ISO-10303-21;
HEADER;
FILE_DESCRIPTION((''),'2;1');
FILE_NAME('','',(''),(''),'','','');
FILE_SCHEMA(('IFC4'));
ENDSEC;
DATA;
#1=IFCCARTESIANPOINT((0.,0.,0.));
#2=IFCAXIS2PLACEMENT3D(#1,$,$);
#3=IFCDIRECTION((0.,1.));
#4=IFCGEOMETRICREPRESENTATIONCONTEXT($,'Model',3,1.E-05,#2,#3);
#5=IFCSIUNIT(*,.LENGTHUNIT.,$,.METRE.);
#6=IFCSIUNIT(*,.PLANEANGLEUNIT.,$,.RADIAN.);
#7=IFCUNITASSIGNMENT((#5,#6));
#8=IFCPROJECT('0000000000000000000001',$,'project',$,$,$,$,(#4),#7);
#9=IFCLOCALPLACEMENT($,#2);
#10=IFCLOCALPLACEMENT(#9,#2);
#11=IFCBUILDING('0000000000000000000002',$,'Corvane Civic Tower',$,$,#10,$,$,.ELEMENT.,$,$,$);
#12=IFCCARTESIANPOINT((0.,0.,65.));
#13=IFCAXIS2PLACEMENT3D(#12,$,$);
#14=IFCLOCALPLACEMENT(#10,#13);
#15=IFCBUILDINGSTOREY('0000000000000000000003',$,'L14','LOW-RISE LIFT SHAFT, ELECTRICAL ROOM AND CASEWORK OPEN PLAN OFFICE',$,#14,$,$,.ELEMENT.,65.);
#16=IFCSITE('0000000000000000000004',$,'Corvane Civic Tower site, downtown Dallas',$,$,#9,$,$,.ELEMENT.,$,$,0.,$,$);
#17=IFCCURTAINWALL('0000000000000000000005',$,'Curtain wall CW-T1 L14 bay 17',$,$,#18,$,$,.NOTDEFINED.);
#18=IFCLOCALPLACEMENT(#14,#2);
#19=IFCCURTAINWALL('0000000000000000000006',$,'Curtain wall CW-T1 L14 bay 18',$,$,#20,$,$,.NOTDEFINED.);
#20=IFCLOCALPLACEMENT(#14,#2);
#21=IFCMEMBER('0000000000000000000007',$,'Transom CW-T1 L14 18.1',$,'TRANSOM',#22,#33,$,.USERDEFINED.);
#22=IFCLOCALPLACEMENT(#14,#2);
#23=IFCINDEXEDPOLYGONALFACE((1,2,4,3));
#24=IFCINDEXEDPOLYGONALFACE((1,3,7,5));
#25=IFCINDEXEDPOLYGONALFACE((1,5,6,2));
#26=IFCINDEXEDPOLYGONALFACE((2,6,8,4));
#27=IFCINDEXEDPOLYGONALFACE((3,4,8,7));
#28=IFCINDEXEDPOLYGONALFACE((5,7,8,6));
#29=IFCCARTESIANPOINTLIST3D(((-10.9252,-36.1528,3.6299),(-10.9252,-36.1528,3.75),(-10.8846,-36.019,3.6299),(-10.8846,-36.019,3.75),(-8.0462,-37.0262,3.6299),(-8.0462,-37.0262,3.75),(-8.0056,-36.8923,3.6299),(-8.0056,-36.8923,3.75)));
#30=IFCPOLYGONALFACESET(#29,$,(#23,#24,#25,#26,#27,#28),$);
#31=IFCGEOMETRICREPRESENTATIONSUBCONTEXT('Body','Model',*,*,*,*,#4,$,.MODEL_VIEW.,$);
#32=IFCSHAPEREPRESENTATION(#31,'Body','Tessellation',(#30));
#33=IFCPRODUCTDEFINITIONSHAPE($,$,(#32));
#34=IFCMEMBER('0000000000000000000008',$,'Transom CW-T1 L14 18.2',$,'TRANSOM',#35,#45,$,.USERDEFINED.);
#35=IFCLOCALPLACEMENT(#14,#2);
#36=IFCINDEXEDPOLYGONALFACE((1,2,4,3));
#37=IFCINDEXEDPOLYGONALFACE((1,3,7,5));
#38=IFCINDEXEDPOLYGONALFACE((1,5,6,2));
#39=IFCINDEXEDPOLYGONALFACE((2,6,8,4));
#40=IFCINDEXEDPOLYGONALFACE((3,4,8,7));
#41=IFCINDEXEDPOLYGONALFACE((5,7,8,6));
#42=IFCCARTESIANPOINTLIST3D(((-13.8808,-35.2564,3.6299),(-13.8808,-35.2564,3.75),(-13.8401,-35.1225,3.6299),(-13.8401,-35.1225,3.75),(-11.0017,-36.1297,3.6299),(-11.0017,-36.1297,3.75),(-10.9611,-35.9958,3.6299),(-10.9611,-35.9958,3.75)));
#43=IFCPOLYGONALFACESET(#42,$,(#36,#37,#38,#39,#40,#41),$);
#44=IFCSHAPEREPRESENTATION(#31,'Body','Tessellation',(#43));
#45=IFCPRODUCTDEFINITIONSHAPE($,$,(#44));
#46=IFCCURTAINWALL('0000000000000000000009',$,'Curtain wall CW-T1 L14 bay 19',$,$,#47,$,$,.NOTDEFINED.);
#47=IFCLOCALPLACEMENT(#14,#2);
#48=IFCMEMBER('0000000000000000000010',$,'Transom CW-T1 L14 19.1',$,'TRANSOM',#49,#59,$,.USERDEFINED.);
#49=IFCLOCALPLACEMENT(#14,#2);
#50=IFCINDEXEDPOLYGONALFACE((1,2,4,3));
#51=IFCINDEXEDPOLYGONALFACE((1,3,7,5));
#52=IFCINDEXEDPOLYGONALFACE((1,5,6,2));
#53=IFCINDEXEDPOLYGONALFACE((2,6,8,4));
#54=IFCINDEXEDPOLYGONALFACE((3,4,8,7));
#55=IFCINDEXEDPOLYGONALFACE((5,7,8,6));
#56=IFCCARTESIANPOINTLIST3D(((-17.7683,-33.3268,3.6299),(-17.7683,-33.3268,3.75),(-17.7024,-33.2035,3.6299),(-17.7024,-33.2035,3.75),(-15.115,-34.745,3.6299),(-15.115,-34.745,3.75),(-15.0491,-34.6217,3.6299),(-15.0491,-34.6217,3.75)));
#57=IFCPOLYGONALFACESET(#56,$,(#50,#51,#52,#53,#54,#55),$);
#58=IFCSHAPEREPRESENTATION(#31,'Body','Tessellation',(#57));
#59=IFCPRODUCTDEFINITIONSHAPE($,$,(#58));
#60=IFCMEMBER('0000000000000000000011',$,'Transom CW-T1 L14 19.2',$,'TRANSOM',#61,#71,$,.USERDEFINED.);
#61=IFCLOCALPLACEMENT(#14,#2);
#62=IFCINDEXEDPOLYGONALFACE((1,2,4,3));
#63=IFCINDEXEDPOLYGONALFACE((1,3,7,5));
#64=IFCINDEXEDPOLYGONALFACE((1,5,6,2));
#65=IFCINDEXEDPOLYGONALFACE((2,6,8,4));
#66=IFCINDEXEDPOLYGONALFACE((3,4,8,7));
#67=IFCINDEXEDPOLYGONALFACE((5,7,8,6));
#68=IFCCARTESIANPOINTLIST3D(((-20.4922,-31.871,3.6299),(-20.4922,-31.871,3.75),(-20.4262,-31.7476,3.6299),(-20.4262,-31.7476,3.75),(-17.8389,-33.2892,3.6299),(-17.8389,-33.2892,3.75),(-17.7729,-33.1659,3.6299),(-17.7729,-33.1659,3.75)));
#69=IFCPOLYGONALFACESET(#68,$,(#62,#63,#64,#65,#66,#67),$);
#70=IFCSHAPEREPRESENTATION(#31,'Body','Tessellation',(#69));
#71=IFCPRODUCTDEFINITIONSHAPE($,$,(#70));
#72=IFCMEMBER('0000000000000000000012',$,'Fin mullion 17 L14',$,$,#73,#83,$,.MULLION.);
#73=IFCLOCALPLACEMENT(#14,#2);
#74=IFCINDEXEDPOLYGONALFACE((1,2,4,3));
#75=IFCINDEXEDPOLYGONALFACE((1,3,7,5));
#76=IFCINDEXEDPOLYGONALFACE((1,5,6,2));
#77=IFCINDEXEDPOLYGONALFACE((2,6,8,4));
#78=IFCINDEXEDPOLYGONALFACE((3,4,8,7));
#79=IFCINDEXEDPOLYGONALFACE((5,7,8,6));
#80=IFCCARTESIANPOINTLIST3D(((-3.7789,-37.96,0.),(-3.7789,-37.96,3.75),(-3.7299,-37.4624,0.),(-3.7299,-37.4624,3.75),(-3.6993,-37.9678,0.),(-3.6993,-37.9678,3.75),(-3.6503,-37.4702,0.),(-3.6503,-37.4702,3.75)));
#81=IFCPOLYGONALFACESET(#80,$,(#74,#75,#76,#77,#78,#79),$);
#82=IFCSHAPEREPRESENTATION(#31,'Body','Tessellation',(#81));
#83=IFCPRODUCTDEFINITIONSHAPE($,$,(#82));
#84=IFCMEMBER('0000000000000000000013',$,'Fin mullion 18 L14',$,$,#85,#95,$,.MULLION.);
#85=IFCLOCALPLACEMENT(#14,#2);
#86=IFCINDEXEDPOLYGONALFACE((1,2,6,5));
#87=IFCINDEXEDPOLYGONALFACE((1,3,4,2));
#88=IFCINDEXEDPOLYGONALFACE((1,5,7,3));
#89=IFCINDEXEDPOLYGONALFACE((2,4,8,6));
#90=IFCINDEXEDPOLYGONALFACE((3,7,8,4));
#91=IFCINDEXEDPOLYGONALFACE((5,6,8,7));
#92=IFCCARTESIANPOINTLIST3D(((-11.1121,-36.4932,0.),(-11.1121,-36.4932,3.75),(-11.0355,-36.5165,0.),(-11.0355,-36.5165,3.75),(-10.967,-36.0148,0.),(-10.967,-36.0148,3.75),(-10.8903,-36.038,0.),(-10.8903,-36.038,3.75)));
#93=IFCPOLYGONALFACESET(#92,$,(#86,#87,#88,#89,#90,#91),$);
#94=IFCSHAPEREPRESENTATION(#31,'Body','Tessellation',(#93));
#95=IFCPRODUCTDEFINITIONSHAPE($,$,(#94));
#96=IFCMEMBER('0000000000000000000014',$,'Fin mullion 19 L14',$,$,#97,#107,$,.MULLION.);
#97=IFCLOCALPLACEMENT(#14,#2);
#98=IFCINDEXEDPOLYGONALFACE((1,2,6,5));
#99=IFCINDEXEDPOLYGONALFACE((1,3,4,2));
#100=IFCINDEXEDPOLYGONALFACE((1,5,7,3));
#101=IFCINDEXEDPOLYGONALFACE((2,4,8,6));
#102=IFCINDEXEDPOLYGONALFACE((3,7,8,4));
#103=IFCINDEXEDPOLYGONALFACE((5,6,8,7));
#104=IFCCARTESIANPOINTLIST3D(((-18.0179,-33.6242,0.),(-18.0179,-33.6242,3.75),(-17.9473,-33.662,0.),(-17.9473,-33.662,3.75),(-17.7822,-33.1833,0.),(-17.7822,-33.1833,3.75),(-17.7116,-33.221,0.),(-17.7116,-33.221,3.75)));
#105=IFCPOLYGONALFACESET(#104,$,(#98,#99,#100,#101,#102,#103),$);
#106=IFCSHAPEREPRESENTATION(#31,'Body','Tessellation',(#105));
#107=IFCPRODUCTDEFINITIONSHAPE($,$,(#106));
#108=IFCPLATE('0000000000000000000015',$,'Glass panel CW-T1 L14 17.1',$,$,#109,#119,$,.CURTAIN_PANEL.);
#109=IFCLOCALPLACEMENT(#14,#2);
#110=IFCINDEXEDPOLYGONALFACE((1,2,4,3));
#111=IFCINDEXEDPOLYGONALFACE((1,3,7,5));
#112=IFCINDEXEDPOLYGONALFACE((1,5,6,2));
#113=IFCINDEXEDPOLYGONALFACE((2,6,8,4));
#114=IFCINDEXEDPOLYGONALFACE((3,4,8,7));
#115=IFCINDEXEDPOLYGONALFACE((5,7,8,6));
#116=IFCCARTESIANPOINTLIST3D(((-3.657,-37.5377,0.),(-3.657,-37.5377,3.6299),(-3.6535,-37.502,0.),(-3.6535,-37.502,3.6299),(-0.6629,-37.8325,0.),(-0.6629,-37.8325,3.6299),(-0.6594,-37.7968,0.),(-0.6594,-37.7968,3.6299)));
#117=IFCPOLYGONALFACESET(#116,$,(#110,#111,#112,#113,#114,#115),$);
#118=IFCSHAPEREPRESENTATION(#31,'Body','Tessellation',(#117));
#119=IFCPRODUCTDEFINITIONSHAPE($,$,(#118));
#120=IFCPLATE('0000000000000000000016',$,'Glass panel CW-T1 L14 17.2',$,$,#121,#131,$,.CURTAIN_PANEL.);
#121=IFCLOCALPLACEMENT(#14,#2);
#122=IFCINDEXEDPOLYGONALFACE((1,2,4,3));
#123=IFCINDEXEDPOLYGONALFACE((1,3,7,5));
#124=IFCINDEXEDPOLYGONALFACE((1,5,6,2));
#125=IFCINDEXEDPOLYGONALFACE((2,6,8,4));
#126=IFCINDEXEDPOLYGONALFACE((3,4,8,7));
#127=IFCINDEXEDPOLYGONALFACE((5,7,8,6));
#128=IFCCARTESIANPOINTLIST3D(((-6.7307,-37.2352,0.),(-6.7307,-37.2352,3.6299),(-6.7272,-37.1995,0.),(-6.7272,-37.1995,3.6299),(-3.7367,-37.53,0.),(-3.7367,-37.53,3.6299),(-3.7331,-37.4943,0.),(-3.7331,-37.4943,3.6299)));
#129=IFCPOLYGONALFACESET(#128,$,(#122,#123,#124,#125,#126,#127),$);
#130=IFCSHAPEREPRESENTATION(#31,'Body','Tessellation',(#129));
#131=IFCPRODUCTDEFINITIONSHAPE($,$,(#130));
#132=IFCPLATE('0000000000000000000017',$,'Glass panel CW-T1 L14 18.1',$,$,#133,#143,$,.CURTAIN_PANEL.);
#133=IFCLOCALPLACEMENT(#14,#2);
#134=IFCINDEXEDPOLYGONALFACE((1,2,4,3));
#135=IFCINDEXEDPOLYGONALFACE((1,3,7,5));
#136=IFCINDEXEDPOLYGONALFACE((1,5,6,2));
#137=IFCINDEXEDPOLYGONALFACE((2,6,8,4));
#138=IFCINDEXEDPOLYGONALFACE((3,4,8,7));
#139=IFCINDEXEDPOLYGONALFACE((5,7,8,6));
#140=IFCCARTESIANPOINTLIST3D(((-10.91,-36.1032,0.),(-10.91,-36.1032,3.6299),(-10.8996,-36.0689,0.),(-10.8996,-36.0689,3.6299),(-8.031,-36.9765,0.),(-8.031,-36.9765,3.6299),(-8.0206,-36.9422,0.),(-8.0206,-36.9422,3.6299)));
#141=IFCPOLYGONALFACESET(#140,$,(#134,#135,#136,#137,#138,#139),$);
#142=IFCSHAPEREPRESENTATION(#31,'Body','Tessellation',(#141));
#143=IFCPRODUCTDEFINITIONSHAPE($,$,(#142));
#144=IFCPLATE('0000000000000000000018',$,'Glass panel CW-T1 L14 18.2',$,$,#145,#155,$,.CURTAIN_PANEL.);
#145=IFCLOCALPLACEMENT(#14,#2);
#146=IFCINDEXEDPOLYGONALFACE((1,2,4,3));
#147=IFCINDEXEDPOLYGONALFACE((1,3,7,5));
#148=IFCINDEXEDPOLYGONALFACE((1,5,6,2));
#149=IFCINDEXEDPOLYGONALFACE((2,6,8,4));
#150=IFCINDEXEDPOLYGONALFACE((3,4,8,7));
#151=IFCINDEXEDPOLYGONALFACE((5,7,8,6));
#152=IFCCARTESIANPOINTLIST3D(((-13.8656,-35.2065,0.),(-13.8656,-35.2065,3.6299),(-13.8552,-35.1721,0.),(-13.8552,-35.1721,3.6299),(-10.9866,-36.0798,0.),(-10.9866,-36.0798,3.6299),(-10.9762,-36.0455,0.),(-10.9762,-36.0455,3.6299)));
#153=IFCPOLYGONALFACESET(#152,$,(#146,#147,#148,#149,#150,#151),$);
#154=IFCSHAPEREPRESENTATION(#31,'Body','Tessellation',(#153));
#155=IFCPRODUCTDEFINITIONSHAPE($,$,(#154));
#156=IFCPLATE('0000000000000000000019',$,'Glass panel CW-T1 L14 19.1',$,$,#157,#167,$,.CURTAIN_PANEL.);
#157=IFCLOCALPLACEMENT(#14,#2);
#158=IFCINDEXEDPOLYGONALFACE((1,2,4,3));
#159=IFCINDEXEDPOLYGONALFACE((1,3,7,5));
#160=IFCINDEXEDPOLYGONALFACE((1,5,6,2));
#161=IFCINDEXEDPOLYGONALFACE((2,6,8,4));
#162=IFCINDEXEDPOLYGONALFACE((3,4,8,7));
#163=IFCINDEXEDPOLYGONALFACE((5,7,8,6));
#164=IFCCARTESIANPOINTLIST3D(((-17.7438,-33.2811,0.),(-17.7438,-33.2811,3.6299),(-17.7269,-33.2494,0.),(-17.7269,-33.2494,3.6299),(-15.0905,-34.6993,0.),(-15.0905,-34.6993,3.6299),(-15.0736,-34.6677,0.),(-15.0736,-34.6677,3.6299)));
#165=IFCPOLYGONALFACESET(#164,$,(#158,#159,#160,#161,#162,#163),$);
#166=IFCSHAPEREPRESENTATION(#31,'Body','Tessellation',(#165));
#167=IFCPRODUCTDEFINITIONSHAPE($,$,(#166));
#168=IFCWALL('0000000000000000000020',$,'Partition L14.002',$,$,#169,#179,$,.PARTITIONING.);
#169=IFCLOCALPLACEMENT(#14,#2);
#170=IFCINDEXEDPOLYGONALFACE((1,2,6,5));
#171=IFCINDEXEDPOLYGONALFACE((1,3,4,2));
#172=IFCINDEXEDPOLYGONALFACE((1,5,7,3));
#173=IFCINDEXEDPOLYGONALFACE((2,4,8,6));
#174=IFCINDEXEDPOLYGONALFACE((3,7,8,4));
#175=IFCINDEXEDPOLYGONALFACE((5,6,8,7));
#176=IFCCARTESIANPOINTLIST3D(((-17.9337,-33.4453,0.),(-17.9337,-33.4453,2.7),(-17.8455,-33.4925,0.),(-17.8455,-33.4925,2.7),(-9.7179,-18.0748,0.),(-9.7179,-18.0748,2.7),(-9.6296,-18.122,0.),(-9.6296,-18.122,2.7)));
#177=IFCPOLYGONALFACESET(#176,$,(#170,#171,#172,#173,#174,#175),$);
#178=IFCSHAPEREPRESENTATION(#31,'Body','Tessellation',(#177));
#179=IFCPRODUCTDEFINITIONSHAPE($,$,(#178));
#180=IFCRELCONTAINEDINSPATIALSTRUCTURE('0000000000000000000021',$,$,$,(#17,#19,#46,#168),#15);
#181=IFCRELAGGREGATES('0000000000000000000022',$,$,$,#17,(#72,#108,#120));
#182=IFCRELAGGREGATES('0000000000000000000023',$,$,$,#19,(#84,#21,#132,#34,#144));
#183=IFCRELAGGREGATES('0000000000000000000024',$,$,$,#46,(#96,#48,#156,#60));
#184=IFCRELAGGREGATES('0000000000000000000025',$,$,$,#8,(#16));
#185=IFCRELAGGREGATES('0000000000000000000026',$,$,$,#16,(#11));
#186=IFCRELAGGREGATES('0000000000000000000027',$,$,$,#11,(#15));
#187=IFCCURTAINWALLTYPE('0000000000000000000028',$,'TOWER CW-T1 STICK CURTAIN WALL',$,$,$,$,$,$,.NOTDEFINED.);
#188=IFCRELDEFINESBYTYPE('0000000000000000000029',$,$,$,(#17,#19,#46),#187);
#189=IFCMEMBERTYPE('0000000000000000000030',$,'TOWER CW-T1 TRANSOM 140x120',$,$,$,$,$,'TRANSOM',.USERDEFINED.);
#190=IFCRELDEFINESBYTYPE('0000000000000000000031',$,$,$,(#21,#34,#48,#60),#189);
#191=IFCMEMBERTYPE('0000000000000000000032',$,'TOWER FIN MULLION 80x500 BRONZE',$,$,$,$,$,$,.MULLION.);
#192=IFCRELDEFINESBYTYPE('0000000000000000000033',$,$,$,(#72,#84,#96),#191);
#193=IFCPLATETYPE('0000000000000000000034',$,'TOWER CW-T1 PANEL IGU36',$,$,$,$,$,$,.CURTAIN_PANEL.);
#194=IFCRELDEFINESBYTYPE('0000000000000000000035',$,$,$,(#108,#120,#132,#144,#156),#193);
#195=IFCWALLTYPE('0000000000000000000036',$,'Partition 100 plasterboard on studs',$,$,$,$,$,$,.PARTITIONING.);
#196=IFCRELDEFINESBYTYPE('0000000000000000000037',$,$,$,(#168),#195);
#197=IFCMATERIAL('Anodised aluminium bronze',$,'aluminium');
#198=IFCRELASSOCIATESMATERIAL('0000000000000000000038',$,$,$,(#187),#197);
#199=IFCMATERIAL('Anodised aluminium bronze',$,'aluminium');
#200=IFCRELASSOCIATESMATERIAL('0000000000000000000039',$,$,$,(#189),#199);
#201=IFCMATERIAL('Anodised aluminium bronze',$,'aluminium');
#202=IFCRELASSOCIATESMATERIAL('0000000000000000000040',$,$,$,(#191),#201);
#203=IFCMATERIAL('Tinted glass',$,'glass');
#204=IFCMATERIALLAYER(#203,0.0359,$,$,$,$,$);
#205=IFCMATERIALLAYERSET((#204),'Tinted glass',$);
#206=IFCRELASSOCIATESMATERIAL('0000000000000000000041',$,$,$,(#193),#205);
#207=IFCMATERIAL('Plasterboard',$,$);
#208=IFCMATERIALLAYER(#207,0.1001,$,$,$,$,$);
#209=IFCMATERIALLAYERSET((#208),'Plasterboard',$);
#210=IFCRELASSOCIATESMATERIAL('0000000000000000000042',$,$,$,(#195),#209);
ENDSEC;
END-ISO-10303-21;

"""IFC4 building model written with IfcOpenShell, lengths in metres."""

from ifc_helpers import new_model, si_unit, direction, frame, frame_2d, origin, origin_2d, place, context, subcontext, project, spatial, rectangle, extrude, material, layer, layer_set, material_profile, profile_set, type_object, element, aggregate, save


model = new_model("IFC4")

# Units and contexts
model_context = context("Model", 3, precision=1e-05, world=origin(), true_north=direction((0.0, 1.0)))
body_context = subcontext(model_context, "Body", "Model", "MODEL_VIEW")
ifc_project = project(units=[si_unit("LENGTHUNIT", "METRE"), si_unit("PLANEANGLEUNIT", "RADIAN")], contexts=[model_context])

# Site, building, storey
site_placement = place(None, origin())
site = spatial("IfcSite", under=ifc_project, at=site_placement, Name="Corvane Civic Tower site, downtown Dallas", CompositionType="ELEMENT", RefElevation=0.0)
building_placement = place(site_placement, origin())
building = spatial("IfcBuilding", under=site, at=building_placement, Name="Corvane Civic Tower", CompositionType="ELEMENT")
storey_placement = place(building_placement, frame((0.0, 0.0, 65.0)))
storey = spatial("IfcBuildingStorey", under=building, at=storey_placement, Name="L14", Description="LOW-RISE LIFT SHAFT, ELECTRICAL ROOM AND CASEWORK OPEN PLAN OFFICE", CompositionType="ELEMENT", Elevation=65.0)

# Curtain walls, members
ifc_material_1 = material(Name="Anodised aluminium bronze", Category="aluminium")
curtain_wall_type = type_object("IfcCurtainWallType", Name="TOWER CW-T1 STICK CURTAIN WALL", PredefinedType="NOTDEFINED", material=ifc_material_1)
curtain_wall_1_placement = place(storey_placement, origin())
curtain_wall_1 = element("IfcCurtainWall", 1, at=curtain_wall_1_placement, inside=storey, type_object=curtain_wall_type, Name="Curtain wall CW-T1 L14 bay 17", PredefinedType="NOTDEFINED")
ifc_material_2 = material(Name="Anodised aluminium bronze", Category="aluminium")
ifc_material_profile_1 = material_profile(ifc_material_2, rectangle(XDim=0.1399, YDim=0.1201, at=origin_2d()), Name="TOWER CW-T1 TRANSOM 140x120")
ifc_profile_set_1 = profile_set([ifc_material_profile_1], Name="Anodised aluminium bronze")
member_type_1 = type_object("IfcMemberType", Name="TOWER CW-T1 TRANSOM 140x120", ElementType="TRANSOM", PredefinedType="USERDEFINED", material=ifc_profile_set_1)
curtain_wall_2_placement = place(storey_placement, origin())
curtain_wall_2 = element("IfcCurtainWall", 2, at=curtain_wall_2_placement, inside=storey, type_object=curtain_wall_type, Name="Curtain wall CW-T1 L14 bay 18", PredefinedType="NOTDEFINED")
member_1_placement = place(storey_placement, frame((-8.0259, -36.9592, 3.6899), z_axis=(-0.956942, 0.29028, 0.0), x_axis=(-0.29028, -0.956942, 0.0)))
member_1 = element("IfcMember", 3, at=member_1_placement, type_object=member_type_1, Name="Transom CW-T1 L14 18.1", ObjectType="TRANSOM", PredefinedType="USERDEFINED", context=body_context, shape_type="SweptSolid", body=[
    extrude(rectangle(XDim=0.1399, YDim=0.1201, at=origin_2d()), origin(), (0.0, 0.0, 1.0), 3.0085),
])
member_2_placement = place(storey_placement, frame((-10.9814, -36.0627, 3.6899), z_axis=(-0.956942, 0.29028, 0.0), x_axis=(-0.29028, -0.956942, 0.0)))
member_2 = element("IfcMember", 4, at=member_2_placement, type_object=member_type_1, Name="Transom CW-T1 L14 18.2", ObjectType="TRANSOM", PredefinedType="USERDEFINED", context=body_context, shape_type="SweptSolid", body=[
    extrude(rectangle(XDim=0.1399, YDim=0.1201, at=origin_2d()), origin(), (0.0, 0.0, 1.0), 3.0085),
])
curtain_wall_3_placement = place(storey_placement, origin())
curtain_wall_3 = element("IfcCurtainWall", 5, at=curtain_wall_3_placement, inside=storey, type_object=curtain_wall_type, Name="Curtain wall CW-T1 L14 bay 19", PredefinedType="NOTDEFINED")
member_3_placement = place(storey_placement, frame((-15.082, -34.6833, 3.6899), z_axis=(-0.881924, 0.471393, 0.0), x_axis=(-0.471393, -0.881924, 0.0)))
member_3 = element("IfcMember", 6, at=member_3_placement, type_object=member_type_1, Name="Transom CW-T1 L14 19.1", ObjectType="TRANSOM", PredefinedType="USERDEFINED", context=body_context, shape_type="SweptSolid", body=[
    extrude(rectangle(XDim=0.1399, YDim=0.1201, at=origin_2d()), origin(), (0.0, 0.0, 1.0), 3.0085),
])
member_4_placement = place(storey_placement, frame((-17.8059, -33.2275, 3.6899), z_axis=(-0.881924, 0.471393, 0.0), x_axis=(-0.471393, -0.881924, 0.0)))
member_4 = element("IfcMember", 7, at=member_4_placement, type_object=member_type_1, Name="Transom CW-T1 L14 19.2", ObjectType="TRANSOM", PredefinedType="USERDEFINED", context=body_context, shape_type="SweptSolid", body=[
    extrude(rectangle(XDim=0.1399, YDim=0.1201, at=origin_2d()), origin(), (0.0, 0.0, 1.0), 3.0085),
])

# Members
ifc_material_3 = material(Name="Anodised aluminium bronze", Category="aluminium")
ifc_material_profile_2 = material_profile(ifc_material_3, rectangle(XDim=0.0801, YDim=0.5, at=origin_2d()), Name="TOWER FIN MULLION 80x500 BRONZE")
ifc_profile_set_2 = profile_set([ifc_material_profile_2], Name="Anodised aluminium bronze")
member_type_2 = type_object("IfcMemberType", Name="TOWER FIN MULLION 80x500 BRONZE", PredefinedType="MULLION", material=ifc_profile_set_2)
member_5_placement = place(storey_placement, frame((-3.7146, -37.7151, 0.0), z_axis=(0.0, 0.0, 1.0), x_axis=(-0.995186, 0.098006, 0.0)))
member_5 = element("IfcMember", 8, at=member_5_placement, type_object=member_type_2, Name="Fin mullion 17 L14", PredefinedType="MULLION", context=body_context, shape_type="SweptSolid", body=[
    extrude(rectangle(XDim=0.0801, YDim=0.5, at=origin_2d()), origin(), (0.0, 0.0, 1.0), 3.75),
])
member_6_placement = place(storey_placement, frame((-11.0012, -36.2656, 0.0), z_axis=(0.0, 0.0, 1.0), x_axis=(-0.956942, 0.290278, 0.0)))
member_6 = element("IfcMember", 9, at=member_6_placement, type_object=member_type_2, Name="Fin mullion 18 L14", PredefinedType="MULLION", context=body_context, shape_type="SweptSolid", body=[
    extrude(rectangle(XDim=0.0801, YDim=0.5, at=origin_2d()), origin(), (0.0, 0.0, 1.0), 3.75),
])
member_7_placement = place(storey_placement, frame((-17.8647, -33.4226, 0.0), z_axis=(0.0, 0.0, 1.0), x_axis=(-0.881918, 0.471404, 0.0)))
member_7 = element("IfcMember", 10, at=member_7_placement, type_object=member_type_2, Name="Fin mullion 19 L14", PredefinedType="MULLION", context=body_context, shape_type="SweptSolid", body=[
    extrude(rectangle(XDim=0.0801, YDim=0.5, at=origin_2d()), origin(), (0.0, 0.0, 1.0), 3.75),
])

# Plates
ifc_material_4 = material(Name="Tinted glass", Category="glass")
ifc_layer_1 = layer(ifc_material_4, 0.0359)
ifc_layer_set_1 = layer_set([ifc_layer_1], Name="Tinted glass")
plate_type = type_object("IfcPlateType", Name="TOWER CW-T1 PANEL IGU36", PredefinedType="CURTAIN_PANEL", material=ifc_layer_set_1)
plate_1_placement = place(storey_placement, frame((-2.1582, -37.6672, 0.0), z_axis=(0.0, 0.0, 1.0), x_axis=(-0.995186, 0.098006, 0.0)))
plate_1 = element("IfcPlate", 11, at=plate_1_placement, type_object=plate_type, Name="Glass panel CW-T1 L14 17.1", PredefinedType="CURTAIN_PANEL", context=body_context, shape_type="SweptSolid", body=[
    extrude(rectangle(XDim=3.0085, YDim=0.0359, at=origin_2d()), origin(), (0.0, 0.0, 1.0), 3.6299),
])
plate_2_placement = place(storey_placement, frame((-5.2319, -37.3647, 0.0), z_axis=(0.0, 0.0, 1.0), x_axis=(-0.995186, 0.098006, 0.0)))
plate_2 = element("IfcPlate", 12, at=plate_2_placement, type_object=plate_type, Name="Glass panel CW-T1 L14 17.2", PredefinedType="CURTAIN_PANEL", context=body_context, shape_type="SweptSolid", body=[
    extrude(rectangle(XDim=3.0085, YDim=0.0359, at=origin_2d()), origin(), (0.0, 0.0, 1.0), 3.6299),
])
aggregate(curtain_wall_1, [member_5, plate_1, plate_2])
plate_3_placement = place(storey_placement, frame((-9.4653, -36.5227, 0.0), z_axis=(0.0, 0.0, 1.0), x_axis=(-0.956942, 0.290278, 0.0)))
plate_3 = element("IfcPlate", 13, at=plate_3_placement, type_object=plate_type, Name="Glass panel CW-T1 L14 18.1", PredefinedType="CURTAIN_PANEL", context=body_context, shape_type="SweptSolid", body=[
    extrude(rectangle(XDim=3.0085, YDim=0.0359, at=origin_2d()), origin(), (0.0, 0.0, 1.0), 3.6299),
])
plate_4_placement = place(storey_placement, frame((-12.4209, -35.626, 0.0), z_axis=(0.0, 0.0, 1.0), x_axis=(-0.956942, 0.290278, 0.0)))
plate_4 = element("IfcPlate", 14, at=plate_4_placement, type_object=plate_type, Name="Glass panel CW-T1 L14 18.2", PredefinedType="CURTAIN_PANEL", context=body_context, shape_type="SweptSolid", body=[
    extrude(rectangle(XDim=3.0085, YDim=0.0359, at=origin_2d()), origin(), (0.0, 0.0, 1.0), 3.6299),
])
aggregate(curtain_wall_2, [member_6, member_1, plate_3, member_2, plate_4])
plate_5_placement = place(storey_placement, frame((-16.4087, -33.9744, 0.0), z_axis=(0.0, 0.0, 1.0), x_axis=(-0.881918, 0.471404, 0.0)))
plate_5 = element("IfcPlate", 15, at=plate_5_placement, type_object=plate_type, Name="Glass panel CW-T1 L14 19.1", PredefinedType="CURTAIN_PANEL", context=body_context, shape_type="SweptSolid", body=[
    extrude(rectangle(XDim=3.0085, YDim=0.0359, at=origin_2d()), origin(), (0.0, 0.0, 1.0), 3.6299),
])
aggregate(curtain_wall_3, [member_7, member_3, plate_5, member_4])

# Wall
ifc_material_5 = material(Name="Plasterboard")
ifc_layer_2 = layer(ifc_material_5, 0.1001)
ifc_layer_set_2 = layer_set([ifc_layer_2], Name="Plasterboard")
wall_type = type_object("IfcWallType", Name="Partition 100 plasterboard on studs", PredefinedType="PARTITIONING", material=ifc_layer_set_2)
wall_1_placement = place(storey_placement, frame((-17.8896, -33.469, 0.0), z_axis=(0.0, 0.0, 1.0), x_axis=(0.471405, 0.881917, 0.0)))
element("IfcWall", 16, at=wall_1_placement, inside=storey, type_object=wall_type, Name="Partition L14.002", PredefinedType="PARTITIONING", context=body_context, shape_type="SweptSolid", body=[
    extrude(rectangle(XDim=17.4285, YDim=0.1001, at=frame_2d((8.7144, 0.0))), origin(), (0.0, 0.0, 1.0), 2.7),
])

save(model, "model.ifc")
